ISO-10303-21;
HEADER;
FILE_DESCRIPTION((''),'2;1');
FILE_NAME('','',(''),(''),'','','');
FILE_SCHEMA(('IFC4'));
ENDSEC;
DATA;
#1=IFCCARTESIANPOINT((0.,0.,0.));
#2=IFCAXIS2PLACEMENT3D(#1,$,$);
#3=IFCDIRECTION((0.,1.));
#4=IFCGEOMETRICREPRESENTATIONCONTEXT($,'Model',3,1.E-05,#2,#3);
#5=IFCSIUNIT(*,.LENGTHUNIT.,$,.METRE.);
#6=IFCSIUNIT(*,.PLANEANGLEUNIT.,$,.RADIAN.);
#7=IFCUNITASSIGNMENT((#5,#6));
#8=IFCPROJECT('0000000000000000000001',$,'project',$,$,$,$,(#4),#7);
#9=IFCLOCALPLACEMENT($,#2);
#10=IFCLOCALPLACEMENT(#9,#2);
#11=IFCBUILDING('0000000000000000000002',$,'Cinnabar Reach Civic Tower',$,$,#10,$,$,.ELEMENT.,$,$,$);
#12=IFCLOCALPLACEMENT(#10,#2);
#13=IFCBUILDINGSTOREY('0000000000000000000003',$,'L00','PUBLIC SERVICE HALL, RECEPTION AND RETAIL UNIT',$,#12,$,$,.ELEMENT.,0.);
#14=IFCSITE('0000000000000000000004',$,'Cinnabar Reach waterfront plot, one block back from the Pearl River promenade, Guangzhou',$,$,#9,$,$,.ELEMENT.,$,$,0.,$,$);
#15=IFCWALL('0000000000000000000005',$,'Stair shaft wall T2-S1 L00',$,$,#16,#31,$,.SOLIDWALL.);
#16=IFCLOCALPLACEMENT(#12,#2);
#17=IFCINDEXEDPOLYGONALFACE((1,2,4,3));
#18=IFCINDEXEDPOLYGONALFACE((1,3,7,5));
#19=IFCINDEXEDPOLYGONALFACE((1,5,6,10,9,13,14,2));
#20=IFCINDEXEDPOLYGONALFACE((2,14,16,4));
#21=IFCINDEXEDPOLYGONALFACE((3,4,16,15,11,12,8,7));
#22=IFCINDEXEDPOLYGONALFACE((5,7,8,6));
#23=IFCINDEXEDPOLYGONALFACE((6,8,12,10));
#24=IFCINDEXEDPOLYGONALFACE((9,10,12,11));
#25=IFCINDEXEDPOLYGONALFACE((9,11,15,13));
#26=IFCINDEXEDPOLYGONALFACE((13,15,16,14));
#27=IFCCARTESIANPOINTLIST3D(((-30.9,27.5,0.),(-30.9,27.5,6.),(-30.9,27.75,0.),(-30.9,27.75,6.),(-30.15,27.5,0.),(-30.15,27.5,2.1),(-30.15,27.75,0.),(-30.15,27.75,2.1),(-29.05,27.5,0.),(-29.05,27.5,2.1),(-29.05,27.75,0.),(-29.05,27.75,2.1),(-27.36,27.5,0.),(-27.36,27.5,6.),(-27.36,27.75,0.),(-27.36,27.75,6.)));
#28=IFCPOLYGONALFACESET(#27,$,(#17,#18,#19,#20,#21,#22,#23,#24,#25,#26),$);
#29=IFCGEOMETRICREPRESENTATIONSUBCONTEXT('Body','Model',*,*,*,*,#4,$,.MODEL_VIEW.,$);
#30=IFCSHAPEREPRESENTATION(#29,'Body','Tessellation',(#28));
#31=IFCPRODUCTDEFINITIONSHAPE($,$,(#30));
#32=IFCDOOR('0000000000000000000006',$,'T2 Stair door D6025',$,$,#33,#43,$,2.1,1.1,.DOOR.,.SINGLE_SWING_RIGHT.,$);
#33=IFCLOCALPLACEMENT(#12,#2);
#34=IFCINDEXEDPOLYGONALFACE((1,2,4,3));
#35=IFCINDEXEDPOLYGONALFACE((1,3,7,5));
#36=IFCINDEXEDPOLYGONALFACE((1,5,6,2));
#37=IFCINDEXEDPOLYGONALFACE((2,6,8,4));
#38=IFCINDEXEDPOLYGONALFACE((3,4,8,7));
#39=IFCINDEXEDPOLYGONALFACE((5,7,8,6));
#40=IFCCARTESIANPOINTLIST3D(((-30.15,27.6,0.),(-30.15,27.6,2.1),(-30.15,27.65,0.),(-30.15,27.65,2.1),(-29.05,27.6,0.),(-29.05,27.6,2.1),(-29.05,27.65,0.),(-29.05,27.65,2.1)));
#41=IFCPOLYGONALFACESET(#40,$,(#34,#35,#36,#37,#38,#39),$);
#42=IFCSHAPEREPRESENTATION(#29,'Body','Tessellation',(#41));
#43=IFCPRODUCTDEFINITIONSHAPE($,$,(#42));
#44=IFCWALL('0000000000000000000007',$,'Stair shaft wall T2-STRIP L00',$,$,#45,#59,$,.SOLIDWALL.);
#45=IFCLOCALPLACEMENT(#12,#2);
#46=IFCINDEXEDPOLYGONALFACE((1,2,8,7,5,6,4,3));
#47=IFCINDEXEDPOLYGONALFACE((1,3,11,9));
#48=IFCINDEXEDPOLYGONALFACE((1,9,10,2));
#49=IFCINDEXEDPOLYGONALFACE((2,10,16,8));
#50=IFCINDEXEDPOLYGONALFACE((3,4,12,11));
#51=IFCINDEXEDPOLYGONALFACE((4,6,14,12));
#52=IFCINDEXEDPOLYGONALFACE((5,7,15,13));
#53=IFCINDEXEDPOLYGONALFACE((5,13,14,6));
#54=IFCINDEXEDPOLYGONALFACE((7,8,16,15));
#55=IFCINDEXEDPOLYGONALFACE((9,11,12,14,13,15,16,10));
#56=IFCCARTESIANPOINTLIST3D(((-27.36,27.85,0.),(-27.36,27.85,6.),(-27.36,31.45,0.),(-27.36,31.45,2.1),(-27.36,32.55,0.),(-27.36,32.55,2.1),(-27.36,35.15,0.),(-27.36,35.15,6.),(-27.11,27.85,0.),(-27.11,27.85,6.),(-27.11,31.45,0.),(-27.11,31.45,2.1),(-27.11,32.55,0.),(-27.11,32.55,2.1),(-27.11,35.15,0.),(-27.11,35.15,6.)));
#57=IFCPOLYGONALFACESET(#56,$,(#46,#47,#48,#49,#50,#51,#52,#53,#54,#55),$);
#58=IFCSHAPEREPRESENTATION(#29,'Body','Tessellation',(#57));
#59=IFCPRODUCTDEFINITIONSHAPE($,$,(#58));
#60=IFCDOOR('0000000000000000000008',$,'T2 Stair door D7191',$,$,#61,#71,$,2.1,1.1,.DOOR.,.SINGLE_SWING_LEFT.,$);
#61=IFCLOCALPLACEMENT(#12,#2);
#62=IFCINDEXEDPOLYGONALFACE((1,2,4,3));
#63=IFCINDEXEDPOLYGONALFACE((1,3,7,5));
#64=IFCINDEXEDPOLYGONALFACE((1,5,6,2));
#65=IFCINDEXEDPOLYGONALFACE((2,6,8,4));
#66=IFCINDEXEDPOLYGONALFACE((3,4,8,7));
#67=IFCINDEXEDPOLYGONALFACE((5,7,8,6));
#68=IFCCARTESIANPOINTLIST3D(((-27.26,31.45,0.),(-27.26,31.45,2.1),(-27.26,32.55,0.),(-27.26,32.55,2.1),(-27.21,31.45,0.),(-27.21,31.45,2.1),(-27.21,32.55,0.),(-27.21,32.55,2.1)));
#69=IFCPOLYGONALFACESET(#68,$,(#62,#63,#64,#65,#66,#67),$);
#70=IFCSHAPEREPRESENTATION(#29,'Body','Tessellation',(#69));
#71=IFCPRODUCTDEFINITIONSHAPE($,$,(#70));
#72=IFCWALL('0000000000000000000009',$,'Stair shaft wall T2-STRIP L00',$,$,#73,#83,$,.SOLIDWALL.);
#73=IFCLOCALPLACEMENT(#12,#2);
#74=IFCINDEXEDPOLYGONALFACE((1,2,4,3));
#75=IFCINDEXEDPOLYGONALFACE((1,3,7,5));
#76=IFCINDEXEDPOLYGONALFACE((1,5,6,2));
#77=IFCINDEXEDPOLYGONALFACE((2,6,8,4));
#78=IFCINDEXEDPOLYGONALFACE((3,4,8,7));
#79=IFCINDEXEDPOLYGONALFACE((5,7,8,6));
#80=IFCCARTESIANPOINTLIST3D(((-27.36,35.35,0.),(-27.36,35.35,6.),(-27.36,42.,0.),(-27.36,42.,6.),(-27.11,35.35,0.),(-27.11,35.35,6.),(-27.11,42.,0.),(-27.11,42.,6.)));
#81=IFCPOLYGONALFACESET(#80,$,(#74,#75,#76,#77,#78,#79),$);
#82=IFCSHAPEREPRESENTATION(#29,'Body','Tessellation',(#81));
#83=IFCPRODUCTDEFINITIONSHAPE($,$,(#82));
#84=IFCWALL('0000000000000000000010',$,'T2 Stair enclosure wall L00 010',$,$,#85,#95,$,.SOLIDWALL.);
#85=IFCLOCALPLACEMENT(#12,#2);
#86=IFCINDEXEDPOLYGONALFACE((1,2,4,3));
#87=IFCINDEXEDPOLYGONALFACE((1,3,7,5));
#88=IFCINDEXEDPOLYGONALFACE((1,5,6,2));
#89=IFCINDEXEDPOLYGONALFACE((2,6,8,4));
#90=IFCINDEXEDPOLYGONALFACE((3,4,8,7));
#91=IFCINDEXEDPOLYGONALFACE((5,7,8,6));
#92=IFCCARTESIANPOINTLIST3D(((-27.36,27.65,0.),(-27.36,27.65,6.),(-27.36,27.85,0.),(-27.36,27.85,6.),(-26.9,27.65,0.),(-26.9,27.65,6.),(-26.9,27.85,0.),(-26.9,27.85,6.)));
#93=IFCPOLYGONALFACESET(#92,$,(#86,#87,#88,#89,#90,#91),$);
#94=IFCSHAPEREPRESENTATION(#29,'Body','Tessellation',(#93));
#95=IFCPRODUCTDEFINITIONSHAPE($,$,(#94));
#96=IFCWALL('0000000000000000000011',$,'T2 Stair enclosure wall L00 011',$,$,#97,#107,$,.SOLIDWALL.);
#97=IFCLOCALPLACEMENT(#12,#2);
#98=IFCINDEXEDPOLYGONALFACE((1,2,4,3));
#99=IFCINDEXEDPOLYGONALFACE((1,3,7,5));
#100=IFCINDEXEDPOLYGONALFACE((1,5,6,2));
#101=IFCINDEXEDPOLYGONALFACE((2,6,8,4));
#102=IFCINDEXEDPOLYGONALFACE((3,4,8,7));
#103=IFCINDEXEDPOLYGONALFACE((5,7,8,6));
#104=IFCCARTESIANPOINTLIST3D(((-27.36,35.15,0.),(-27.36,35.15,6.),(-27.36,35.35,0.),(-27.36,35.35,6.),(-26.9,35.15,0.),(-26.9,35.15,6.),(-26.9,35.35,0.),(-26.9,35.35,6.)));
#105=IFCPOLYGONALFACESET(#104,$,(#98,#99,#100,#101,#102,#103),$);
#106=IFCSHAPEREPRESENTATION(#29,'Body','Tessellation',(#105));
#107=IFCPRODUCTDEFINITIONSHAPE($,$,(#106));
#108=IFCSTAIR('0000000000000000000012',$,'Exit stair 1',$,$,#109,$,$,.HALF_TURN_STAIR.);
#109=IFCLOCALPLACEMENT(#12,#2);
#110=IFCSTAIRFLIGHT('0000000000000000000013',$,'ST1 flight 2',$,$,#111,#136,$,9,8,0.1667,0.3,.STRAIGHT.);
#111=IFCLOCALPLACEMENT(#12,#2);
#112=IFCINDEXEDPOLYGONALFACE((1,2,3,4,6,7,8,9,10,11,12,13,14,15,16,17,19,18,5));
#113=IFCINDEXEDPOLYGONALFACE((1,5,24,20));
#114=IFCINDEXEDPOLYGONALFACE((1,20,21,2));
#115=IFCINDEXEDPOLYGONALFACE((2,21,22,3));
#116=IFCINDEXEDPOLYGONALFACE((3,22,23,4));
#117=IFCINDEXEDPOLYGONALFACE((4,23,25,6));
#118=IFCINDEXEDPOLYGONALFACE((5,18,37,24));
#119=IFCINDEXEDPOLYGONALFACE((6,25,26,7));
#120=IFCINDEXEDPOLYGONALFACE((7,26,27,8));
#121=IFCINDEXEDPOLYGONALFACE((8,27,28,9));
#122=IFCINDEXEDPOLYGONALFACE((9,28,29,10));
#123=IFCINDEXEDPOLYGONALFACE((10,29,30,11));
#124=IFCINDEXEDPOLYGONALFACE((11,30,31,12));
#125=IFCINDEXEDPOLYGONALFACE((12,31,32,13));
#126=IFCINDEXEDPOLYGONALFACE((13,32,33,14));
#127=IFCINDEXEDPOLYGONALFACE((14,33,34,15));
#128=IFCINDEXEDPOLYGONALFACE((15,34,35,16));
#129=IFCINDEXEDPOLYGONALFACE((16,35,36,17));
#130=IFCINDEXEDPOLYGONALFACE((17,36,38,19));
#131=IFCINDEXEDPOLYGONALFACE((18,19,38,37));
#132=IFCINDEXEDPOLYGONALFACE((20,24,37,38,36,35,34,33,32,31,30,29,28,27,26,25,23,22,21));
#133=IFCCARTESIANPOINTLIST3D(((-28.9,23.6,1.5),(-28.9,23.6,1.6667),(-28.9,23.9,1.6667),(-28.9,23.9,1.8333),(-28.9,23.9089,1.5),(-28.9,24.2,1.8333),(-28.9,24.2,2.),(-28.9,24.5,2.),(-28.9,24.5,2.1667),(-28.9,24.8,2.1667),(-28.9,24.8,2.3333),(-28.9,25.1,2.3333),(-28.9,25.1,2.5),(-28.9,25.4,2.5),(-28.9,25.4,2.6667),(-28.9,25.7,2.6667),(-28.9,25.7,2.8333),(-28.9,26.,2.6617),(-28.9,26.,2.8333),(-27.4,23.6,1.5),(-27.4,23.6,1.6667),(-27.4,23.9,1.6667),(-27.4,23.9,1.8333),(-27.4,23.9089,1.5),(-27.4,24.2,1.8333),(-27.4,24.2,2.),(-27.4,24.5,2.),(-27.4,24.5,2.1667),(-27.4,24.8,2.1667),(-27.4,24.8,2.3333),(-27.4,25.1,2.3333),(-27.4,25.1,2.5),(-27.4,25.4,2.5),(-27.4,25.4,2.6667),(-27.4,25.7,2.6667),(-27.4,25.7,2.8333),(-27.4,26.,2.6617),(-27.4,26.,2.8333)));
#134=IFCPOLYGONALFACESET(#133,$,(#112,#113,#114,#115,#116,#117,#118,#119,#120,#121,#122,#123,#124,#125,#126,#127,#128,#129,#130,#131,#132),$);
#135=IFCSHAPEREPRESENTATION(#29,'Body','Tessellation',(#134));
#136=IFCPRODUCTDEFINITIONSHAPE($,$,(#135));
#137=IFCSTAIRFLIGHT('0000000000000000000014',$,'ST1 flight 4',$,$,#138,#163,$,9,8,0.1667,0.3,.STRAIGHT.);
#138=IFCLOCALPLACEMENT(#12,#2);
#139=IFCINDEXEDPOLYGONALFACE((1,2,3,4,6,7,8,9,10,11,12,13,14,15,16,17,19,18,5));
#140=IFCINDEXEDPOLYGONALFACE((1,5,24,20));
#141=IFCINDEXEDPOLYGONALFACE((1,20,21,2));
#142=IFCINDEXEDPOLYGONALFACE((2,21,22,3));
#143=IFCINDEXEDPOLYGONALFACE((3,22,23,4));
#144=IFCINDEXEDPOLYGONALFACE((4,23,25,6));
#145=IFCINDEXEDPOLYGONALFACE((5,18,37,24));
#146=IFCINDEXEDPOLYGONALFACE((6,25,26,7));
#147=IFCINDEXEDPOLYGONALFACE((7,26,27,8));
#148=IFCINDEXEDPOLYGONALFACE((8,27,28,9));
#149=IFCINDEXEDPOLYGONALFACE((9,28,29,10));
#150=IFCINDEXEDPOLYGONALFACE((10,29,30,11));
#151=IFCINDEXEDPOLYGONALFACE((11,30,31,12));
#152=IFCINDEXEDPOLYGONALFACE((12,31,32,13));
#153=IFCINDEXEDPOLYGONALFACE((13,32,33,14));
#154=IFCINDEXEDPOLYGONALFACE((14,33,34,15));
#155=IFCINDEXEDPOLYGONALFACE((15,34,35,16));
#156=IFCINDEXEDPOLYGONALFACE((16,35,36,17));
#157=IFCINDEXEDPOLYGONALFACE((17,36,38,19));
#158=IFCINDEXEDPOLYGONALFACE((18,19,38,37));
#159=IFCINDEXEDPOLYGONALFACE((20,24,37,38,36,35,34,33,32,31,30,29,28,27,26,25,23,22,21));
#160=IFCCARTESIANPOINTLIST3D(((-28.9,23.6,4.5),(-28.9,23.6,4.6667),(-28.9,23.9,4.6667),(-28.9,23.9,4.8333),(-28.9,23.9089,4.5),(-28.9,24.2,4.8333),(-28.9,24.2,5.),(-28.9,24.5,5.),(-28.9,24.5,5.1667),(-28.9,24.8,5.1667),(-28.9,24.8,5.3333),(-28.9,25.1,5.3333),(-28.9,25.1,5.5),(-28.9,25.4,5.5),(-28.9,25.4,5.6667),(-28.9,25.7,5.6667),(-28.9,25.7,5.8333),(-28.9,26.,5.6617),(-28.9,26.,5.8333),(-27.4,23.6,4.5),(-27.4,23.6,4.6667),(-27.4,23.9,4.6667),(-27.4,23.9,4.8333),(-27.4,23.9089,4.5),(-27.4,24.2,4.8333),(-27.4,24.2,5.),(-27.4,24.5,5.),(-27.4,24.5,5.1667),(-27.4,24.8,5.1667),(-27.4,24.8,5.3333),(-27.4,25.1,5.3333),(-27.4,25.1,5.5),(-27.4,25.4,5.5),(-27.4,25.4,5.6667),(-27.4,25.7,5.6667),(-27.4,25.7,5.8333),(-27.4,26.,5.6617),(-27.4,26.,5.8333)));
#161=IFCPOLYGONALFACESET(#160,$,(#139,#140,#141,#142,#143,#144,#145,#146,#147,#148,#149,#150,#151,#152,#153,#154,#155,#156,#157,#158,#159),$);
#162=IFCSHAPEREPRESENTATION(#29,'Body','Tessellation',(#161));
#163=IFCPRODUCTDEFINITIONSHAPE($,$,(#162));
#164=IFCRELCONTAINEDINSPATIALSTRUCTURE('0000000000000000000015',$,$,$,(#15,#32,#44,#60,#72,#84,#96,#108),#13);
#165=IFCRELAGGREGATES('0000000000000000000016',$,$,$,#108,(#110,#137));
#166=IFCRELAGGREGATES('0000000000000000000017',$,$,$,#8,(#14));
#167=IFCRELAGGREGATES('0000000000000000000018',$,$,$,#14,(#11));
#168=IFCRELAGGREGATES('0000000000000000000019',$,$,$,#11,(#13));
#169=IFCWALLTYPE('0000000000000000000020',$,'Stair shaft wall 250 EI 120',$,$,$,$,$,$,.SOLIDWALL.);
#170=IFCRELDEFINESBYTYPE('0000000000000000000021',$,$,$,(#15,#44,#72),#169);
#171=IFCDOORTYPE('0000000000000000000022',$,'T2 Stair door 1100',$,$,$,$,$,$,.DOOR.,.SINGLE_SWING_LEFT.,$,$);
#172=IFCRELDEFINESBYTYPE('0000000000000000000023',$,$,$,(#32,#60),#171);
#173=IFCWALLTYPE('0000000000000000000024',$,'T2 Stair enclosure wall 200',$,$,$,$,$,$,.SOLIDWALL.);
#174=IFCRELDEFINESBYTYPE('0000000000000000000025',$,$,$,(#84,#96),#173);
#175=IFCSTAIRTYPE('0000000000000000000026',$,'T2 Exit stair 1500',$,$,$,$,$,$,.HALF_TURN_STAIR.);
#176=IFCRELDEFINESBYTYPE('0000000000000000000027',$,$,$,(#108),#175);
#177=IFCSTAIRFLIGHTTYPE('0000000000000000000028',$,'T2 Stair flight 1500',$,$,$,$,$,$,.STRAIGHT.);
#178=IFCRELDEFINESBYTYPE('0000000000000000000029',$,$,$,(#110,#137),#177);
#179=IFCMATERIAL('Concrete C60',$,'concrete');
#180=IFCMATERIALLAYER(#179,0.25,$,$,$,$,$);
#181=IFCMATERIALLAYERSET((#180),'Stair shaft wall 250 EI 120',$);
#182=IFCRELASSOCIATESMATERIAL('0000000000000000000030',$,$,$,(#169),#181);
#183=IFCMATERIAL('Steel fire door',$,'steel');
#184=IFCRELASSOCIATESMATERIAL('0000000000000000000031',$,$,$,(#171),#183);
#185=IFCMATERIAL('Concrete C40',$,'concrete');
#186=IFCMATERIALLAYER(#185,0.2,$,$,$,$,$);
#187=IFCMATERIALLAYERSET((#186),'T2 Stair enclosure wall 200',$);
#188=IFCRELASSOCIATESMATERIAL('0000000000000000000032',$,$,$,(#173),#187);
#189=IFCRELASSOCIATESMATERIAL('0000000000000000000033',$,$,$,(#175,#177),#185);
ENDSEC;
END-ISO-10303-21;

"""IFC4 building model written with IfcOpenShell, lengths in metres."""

from ifc_helpers import new_model, si_unit, direction, frame, frame_2d, origin, place, context, subcontext, project, spatial, polyline, rectangle, outline, extrude, material, layer, layer_set, type_object, element, fill, aggregate, save


model = new_model("IFC4")

# Units and contexts
model_context = context("Model", 3, precision=1e-05, world=origin(), true_north=direction((0.0, 1.0)))
body_context = subcontext(model_context, "Body", "Model", "MODEL_VIEW")
ifc_project = project(units=[si_unit("LENGTHUNIT", "METRE"), si_unit("PLANEANGLEUNIT", "RADIAN")], contexts=[model_context])

# Site, building, storey
site_placement = place(None, origin())
site = spatial("IfcSite", under=ifc_project, at=site_placement, Name="Cinnabar Reach waterfront plot, one block back from the Pearl River promenade, Guangzhou", CompositionType="ELEMENT", RefElevation=0.0)
building_placement = place(site_placement, origin())
building = spatial("IfcBuilding", under=site, at=building_placement, Name="Cinnabar Reach Civic Tower", CompositionType="ELEMENT")
storey_placement = place(building_placement, origin())
storey = spatial("IfcBuildingStorey", under=building, at=storey_placement, Name="L00", Description="PUBLIC SERVICE HALL, RECEPTION AND RETAIL UNIT", CompositionType="ELEMENT", Elevation=0.0)

# Shared definitions
ifc_material_1 = material(Name="Concrete C40", Category="concrete")

# Walls, openings, doors
ifc_material_2 = material(Name="Concrete C60", Category="concrete")
ifc_layer_1 = layer(ifc_material_2, 0.25)
ifc_layer_set_1 = layer_set([ifc_layer_1], Name="Stair shaft wall 250 EI 120")
wall_type_1 = type_object("IfcWallType", Name="Stair shaft wall 250 EI 120", PredefinedType="SOLIDWALL", material=ifc_layer_set_1)
wall_1_placement = place(storey_placement, frame((-27.36, 27.625, 0.0), z_axis=(0.0, 0.0, 1.0), x_axis=(-1.0, 0.0, 0.0)))
wall_1 = element("IfcWall", 1, at=wall_1_placement, inside=storey, type_object=wall_type_1, Name="Stair shaft wall T2-S1 L00", PredefinedType="SOLIDWALL", context=body_context, shape_type="SweptSolid", body=[
    extrude(rectangle(XDim=3.54, YDim=0.25, at=frame_2d((1.77, 0.0))), origin(), (0.0, 0.0, 1.0), 6.0),
])
opening_1_placement = place(wall_1_placement, frame((1.69, 0.0, 0.0)))
opening_1 = element("IfcOpeningElement", 2, at=opening_1_placement, cuts=wall_1, PredefinedType="OPENING", context=body_context, shape_type="SweptSolid", body=[
    extrude(rectangle(XDim=1.1, YDim=2.1, at=frame_2d((0.55, 1.05))), frame((0.0, 0.135, 0.0), z_axis=(0.0, -1.0, 0.0), x_axis=(1.0, 0.0, 0.0)), (0.0, 0.0, 1.0), 0.27),
])
ifc_material_3 = material(Name="Steel fire door", Category="steel")
door_type_1 = type_object("IfcDoorType", Name="T2 Stair door 1100", OperationType="SINGLE_SWING_LEFT", PredefinedType="DOOR", material=ifc_material_3)
door_1_placement = place(opening_1_placement, origin())
door_1 = element("IfcDoor", 3, at=door_1_placement, inside=storey, type_object=door_type_1, Name="T2 Stair door D6025", OperationType="SINGLE_SWING_RIGHT", OverallHeight=2.1, OverallWidth=1.1, PredefinedType="DOOR", context=body_context, shape_type="SweptSolid", body=[
    extrude(rectangle(XDim=1.1, YDim=2.1, at=frame_2d((0.55, 1.05))), frame((0.0, 0.025, 0.0), z_axis=(0.0, -1.0, 0.0), x_axis=(1.0, 0.0, 0.0)), (0.0, 0.0, 1.0), 0.05),
])
fill(opening_1, door_1)
wall_2_placement = place(storey_placement, frame((-27.235, 27.85, 0.0), z_axis=(0.0, 0.0, 1.0), x_axis=(0.0, 1.0, 0.0)))
wall_2 = element("IfcWall", 4, at=wall_2_placement, inside=storey, type_object=wall_type_1, Name="Stair shaft wall T2-STRIP L00", PredefinedType="SOLIDWALL", context=body_context, shape_type="SweptSolid", body=[
    extrude(rectangle(XDim=7.3, YDim=0.25, at=frame_2d((3.65, 0.0))), origin(), (0.0, 0.0, 1.0), 6.0),
])
opening_2_placement = place(wall_2_placement, frame((3.6, 0.0, 0.0)))
opening_2 = element("IfcOpeningElement", 5, at=opening_2_placement, cuts=wall_2, PredefinedType="OPENING", context=body_context, shape_type="SweptSolid", body=[
    extrude(rectangle(XDim=1.1, YDim=2.1, at=frame_2d((0.55, 1.05))), frame((0.0, 0.135, 0.0), z_axis=(0.0, -1.0, 0.0), x_axis=(1.0, 0.0, 0.0)), (0.0, 0.0, 1.0), 0.27),
])
door_2_placement = place(opening_2_placement, origin())
door_2 = element("IfcDoor", 6, at=door_2_placement, inside=storey, type_object=door_type_1, Name="T2 Stair door D7191", OperationType="SINGLE_SWING_LEFT", OverallHeight=2.1, OverallWidth=1.1, PredefinedType="DOOR", context=body_context, shape_type="SweptSolid", body=[
    extrude(rectangle(XDim=1.1, YDim=2.1, at=frame_2d((0.55, 1.05))), frame((0.0, 0.025, 0.0), z_axis=(0.0, -1.0, 0.0), x_axis=(1.0, 0.0, 0.0)), (0.0, 0.0, 1.0), 0.05),
])
fill(opening_2, door_2)

# Walls
wall_3_placement = place(storey_placement, frame((-27.235, 35.35, 0.0), z_axis=(0.0, 0.0, 1.0), x_axis=(0.0, 1.0, 0.0)))
element("IfcWall", 7, at=wall_3_placement, inside=storey, type_object=wall_type_1, Name="Stair shaft wall T2-STRIP L00", PredefinedType="SOLIDWALL", context=body_context, shape_type="SweptSolid", body=[
    extrude(rectangle(XDim=6.65, YDim=0.25, at=frame_2d((3.325, 0.0))), origin(), (0.0, 0.0, 1.0), 6.0),
])
ifc_layer_2 = layer(ifc_material_1, 0.2)
ifc_layer_set_2 = layer_set([ifc_layer_2], Name="T2 Stair enclosure wall 200")
wall_type_2 = type_object("IfcWallType", Name="T2 Stair enclosure wall 200", PredefinedType="SOLIDWALL", material=ifc_layer_set_2)
for number, where, z_axis, x_axis, name in (
    (8, (-27.36, 27.75, 0.0), (0.0, 0.0, 1.0), (1.0, 0.0, 0.0), "T2 Stair enclosure wall L00 010"),
    (9, (-26.9, 35.25, 0.0), (0.0, 0.0, 1.0), (-1.0, 0.0, 0.0), "T2 Stair enclosure wall L00 011"),
):
    element("IfcWall", number, at=place(storey_placement, frame(where, z_axis=z_axis, x_axis=x_axis)), inside=storey, type_object=wall_type_2, Name=name, PredefinedType="SOLIDWALL", context=body_context, shape_type="SweptSolid", body=[
        extrude(rectangle(XDim=0.46, YDim=0.2, at=frame_2d((0.23, 0.0))), origin(), (0.0, 0.0, 1.0), 6.0),
    ])

# Stair, stair flights
stair_type = type_object("IfcStairType", Name="T2 Exit stair 1500", PredefinedType="HALF_TURN_STAIR", material=ifc_material_1)
stair_placement = place(storey_placement, origin())
stair = element("IfcStair", 10, at=stair_placement, inside=storey, type_object=stair_type, Name="Exit stair 1", PredefinedType="HALF_TURN_STAIR")
stair_flight_type = type_object("IfcStairFlightType", Name="T2 Stair flight 1500", PredefinedType="STRAIGHT", material=ifc_material_1)
stair_flight_1_placement = place(storey_placement, frame((-28.15, 23.6, 1.5), z_axis=(0.0, 0.0, 1.0), x_axis=(0.0, 1.0, 0.0)))
stair_flight_1 = element("IfcStairFlight", 11, at=stair_flight_1_placement, type_object=stair_flight_type, Name="ST1 flight 2", NumberOfRisers=9, NumberOfTreads=8, PredefinedType="STRAIGHT", RiserHeight=0.1667, TreadLength=0.3, context=body_context, shape_type="SweptSolid", body=[
    extrude(outline(polyline([(0.0, 0.0), (0.0, 0.1667), (0.3, 0.1667), (0.3, 0.3333), (0.6, 0.3333), (0.6, 0.5), (0.9, 0.5), (0.9, 0.6667), (1.2, 0.6667), (1.2, 0.8333), (1.5, 0.8333), (1.5, 1.0), (1.8, 1.0), (1.8, 1.1667), (2.1, 1.1667), (2.1, 1.3333), (2.4, 1.3333), (2.4, 1.5), (2.4, 1.1617), (0.3089, 0.0), (0.0, 0.0)])), frame((0.0, 0.75, 0.0), z_axis=(0.0, -1.0, 0.0), x_axis=(1.0, 0.0, 0.0)), (0.0, 0.0, 1.0), 1.5),
])
stair_flight_2_placement = place(storey_placement, frame((-28.15, 23.6, 4.5), z_axis=(0.0, 0.0, 1.0), x_axis=(0.0, 1.0, 0.0)))
stair_flight_2 = element("IfcStairFlight", 12, at=stair_flight_2_placement, type_object=stair_flight_type, Name="ST1 flight 4", NumberOfRisers=9, NumberOfTreads=8, PredefinedType="STRAIGHT", RiserHeight=0.1667, TreadLength=0.3, context=body_context, shape_type="SweptSolid", body=[
    extrude(outline(polyline([(0.0, 0.0), (0.0, 0.1667), (0.3, 0.1667), (0.3, 0.3333), (0.6, 0.3333), (0.6, 0.5), (0.9, 0.5), (0.9, 0.6667), (1.2, 0.6667), (1.2, 0.8333), (1.5, 0.8333), (1.5, 1.0), (1.8, 1.0), (1.8, 1.1667), (2.1, 1.1667), (2.1, 1.3333), (2.4, 1.3333), (2.4, 1.5), (2.4, 1.1617), (0.3089, 0.0), (0.0, 0.0)])), frame((0.0, 0.75, 0.0), z_axis=(0.0, -1.0, 0.0), x_axis=(1.0, 0.0, 0.0)), (0.0, 0.0, 1.0), 1.5),
])
aggregate(stair, [stair_flight_1, stair_flight_2])

save(model, "model.ifc")
